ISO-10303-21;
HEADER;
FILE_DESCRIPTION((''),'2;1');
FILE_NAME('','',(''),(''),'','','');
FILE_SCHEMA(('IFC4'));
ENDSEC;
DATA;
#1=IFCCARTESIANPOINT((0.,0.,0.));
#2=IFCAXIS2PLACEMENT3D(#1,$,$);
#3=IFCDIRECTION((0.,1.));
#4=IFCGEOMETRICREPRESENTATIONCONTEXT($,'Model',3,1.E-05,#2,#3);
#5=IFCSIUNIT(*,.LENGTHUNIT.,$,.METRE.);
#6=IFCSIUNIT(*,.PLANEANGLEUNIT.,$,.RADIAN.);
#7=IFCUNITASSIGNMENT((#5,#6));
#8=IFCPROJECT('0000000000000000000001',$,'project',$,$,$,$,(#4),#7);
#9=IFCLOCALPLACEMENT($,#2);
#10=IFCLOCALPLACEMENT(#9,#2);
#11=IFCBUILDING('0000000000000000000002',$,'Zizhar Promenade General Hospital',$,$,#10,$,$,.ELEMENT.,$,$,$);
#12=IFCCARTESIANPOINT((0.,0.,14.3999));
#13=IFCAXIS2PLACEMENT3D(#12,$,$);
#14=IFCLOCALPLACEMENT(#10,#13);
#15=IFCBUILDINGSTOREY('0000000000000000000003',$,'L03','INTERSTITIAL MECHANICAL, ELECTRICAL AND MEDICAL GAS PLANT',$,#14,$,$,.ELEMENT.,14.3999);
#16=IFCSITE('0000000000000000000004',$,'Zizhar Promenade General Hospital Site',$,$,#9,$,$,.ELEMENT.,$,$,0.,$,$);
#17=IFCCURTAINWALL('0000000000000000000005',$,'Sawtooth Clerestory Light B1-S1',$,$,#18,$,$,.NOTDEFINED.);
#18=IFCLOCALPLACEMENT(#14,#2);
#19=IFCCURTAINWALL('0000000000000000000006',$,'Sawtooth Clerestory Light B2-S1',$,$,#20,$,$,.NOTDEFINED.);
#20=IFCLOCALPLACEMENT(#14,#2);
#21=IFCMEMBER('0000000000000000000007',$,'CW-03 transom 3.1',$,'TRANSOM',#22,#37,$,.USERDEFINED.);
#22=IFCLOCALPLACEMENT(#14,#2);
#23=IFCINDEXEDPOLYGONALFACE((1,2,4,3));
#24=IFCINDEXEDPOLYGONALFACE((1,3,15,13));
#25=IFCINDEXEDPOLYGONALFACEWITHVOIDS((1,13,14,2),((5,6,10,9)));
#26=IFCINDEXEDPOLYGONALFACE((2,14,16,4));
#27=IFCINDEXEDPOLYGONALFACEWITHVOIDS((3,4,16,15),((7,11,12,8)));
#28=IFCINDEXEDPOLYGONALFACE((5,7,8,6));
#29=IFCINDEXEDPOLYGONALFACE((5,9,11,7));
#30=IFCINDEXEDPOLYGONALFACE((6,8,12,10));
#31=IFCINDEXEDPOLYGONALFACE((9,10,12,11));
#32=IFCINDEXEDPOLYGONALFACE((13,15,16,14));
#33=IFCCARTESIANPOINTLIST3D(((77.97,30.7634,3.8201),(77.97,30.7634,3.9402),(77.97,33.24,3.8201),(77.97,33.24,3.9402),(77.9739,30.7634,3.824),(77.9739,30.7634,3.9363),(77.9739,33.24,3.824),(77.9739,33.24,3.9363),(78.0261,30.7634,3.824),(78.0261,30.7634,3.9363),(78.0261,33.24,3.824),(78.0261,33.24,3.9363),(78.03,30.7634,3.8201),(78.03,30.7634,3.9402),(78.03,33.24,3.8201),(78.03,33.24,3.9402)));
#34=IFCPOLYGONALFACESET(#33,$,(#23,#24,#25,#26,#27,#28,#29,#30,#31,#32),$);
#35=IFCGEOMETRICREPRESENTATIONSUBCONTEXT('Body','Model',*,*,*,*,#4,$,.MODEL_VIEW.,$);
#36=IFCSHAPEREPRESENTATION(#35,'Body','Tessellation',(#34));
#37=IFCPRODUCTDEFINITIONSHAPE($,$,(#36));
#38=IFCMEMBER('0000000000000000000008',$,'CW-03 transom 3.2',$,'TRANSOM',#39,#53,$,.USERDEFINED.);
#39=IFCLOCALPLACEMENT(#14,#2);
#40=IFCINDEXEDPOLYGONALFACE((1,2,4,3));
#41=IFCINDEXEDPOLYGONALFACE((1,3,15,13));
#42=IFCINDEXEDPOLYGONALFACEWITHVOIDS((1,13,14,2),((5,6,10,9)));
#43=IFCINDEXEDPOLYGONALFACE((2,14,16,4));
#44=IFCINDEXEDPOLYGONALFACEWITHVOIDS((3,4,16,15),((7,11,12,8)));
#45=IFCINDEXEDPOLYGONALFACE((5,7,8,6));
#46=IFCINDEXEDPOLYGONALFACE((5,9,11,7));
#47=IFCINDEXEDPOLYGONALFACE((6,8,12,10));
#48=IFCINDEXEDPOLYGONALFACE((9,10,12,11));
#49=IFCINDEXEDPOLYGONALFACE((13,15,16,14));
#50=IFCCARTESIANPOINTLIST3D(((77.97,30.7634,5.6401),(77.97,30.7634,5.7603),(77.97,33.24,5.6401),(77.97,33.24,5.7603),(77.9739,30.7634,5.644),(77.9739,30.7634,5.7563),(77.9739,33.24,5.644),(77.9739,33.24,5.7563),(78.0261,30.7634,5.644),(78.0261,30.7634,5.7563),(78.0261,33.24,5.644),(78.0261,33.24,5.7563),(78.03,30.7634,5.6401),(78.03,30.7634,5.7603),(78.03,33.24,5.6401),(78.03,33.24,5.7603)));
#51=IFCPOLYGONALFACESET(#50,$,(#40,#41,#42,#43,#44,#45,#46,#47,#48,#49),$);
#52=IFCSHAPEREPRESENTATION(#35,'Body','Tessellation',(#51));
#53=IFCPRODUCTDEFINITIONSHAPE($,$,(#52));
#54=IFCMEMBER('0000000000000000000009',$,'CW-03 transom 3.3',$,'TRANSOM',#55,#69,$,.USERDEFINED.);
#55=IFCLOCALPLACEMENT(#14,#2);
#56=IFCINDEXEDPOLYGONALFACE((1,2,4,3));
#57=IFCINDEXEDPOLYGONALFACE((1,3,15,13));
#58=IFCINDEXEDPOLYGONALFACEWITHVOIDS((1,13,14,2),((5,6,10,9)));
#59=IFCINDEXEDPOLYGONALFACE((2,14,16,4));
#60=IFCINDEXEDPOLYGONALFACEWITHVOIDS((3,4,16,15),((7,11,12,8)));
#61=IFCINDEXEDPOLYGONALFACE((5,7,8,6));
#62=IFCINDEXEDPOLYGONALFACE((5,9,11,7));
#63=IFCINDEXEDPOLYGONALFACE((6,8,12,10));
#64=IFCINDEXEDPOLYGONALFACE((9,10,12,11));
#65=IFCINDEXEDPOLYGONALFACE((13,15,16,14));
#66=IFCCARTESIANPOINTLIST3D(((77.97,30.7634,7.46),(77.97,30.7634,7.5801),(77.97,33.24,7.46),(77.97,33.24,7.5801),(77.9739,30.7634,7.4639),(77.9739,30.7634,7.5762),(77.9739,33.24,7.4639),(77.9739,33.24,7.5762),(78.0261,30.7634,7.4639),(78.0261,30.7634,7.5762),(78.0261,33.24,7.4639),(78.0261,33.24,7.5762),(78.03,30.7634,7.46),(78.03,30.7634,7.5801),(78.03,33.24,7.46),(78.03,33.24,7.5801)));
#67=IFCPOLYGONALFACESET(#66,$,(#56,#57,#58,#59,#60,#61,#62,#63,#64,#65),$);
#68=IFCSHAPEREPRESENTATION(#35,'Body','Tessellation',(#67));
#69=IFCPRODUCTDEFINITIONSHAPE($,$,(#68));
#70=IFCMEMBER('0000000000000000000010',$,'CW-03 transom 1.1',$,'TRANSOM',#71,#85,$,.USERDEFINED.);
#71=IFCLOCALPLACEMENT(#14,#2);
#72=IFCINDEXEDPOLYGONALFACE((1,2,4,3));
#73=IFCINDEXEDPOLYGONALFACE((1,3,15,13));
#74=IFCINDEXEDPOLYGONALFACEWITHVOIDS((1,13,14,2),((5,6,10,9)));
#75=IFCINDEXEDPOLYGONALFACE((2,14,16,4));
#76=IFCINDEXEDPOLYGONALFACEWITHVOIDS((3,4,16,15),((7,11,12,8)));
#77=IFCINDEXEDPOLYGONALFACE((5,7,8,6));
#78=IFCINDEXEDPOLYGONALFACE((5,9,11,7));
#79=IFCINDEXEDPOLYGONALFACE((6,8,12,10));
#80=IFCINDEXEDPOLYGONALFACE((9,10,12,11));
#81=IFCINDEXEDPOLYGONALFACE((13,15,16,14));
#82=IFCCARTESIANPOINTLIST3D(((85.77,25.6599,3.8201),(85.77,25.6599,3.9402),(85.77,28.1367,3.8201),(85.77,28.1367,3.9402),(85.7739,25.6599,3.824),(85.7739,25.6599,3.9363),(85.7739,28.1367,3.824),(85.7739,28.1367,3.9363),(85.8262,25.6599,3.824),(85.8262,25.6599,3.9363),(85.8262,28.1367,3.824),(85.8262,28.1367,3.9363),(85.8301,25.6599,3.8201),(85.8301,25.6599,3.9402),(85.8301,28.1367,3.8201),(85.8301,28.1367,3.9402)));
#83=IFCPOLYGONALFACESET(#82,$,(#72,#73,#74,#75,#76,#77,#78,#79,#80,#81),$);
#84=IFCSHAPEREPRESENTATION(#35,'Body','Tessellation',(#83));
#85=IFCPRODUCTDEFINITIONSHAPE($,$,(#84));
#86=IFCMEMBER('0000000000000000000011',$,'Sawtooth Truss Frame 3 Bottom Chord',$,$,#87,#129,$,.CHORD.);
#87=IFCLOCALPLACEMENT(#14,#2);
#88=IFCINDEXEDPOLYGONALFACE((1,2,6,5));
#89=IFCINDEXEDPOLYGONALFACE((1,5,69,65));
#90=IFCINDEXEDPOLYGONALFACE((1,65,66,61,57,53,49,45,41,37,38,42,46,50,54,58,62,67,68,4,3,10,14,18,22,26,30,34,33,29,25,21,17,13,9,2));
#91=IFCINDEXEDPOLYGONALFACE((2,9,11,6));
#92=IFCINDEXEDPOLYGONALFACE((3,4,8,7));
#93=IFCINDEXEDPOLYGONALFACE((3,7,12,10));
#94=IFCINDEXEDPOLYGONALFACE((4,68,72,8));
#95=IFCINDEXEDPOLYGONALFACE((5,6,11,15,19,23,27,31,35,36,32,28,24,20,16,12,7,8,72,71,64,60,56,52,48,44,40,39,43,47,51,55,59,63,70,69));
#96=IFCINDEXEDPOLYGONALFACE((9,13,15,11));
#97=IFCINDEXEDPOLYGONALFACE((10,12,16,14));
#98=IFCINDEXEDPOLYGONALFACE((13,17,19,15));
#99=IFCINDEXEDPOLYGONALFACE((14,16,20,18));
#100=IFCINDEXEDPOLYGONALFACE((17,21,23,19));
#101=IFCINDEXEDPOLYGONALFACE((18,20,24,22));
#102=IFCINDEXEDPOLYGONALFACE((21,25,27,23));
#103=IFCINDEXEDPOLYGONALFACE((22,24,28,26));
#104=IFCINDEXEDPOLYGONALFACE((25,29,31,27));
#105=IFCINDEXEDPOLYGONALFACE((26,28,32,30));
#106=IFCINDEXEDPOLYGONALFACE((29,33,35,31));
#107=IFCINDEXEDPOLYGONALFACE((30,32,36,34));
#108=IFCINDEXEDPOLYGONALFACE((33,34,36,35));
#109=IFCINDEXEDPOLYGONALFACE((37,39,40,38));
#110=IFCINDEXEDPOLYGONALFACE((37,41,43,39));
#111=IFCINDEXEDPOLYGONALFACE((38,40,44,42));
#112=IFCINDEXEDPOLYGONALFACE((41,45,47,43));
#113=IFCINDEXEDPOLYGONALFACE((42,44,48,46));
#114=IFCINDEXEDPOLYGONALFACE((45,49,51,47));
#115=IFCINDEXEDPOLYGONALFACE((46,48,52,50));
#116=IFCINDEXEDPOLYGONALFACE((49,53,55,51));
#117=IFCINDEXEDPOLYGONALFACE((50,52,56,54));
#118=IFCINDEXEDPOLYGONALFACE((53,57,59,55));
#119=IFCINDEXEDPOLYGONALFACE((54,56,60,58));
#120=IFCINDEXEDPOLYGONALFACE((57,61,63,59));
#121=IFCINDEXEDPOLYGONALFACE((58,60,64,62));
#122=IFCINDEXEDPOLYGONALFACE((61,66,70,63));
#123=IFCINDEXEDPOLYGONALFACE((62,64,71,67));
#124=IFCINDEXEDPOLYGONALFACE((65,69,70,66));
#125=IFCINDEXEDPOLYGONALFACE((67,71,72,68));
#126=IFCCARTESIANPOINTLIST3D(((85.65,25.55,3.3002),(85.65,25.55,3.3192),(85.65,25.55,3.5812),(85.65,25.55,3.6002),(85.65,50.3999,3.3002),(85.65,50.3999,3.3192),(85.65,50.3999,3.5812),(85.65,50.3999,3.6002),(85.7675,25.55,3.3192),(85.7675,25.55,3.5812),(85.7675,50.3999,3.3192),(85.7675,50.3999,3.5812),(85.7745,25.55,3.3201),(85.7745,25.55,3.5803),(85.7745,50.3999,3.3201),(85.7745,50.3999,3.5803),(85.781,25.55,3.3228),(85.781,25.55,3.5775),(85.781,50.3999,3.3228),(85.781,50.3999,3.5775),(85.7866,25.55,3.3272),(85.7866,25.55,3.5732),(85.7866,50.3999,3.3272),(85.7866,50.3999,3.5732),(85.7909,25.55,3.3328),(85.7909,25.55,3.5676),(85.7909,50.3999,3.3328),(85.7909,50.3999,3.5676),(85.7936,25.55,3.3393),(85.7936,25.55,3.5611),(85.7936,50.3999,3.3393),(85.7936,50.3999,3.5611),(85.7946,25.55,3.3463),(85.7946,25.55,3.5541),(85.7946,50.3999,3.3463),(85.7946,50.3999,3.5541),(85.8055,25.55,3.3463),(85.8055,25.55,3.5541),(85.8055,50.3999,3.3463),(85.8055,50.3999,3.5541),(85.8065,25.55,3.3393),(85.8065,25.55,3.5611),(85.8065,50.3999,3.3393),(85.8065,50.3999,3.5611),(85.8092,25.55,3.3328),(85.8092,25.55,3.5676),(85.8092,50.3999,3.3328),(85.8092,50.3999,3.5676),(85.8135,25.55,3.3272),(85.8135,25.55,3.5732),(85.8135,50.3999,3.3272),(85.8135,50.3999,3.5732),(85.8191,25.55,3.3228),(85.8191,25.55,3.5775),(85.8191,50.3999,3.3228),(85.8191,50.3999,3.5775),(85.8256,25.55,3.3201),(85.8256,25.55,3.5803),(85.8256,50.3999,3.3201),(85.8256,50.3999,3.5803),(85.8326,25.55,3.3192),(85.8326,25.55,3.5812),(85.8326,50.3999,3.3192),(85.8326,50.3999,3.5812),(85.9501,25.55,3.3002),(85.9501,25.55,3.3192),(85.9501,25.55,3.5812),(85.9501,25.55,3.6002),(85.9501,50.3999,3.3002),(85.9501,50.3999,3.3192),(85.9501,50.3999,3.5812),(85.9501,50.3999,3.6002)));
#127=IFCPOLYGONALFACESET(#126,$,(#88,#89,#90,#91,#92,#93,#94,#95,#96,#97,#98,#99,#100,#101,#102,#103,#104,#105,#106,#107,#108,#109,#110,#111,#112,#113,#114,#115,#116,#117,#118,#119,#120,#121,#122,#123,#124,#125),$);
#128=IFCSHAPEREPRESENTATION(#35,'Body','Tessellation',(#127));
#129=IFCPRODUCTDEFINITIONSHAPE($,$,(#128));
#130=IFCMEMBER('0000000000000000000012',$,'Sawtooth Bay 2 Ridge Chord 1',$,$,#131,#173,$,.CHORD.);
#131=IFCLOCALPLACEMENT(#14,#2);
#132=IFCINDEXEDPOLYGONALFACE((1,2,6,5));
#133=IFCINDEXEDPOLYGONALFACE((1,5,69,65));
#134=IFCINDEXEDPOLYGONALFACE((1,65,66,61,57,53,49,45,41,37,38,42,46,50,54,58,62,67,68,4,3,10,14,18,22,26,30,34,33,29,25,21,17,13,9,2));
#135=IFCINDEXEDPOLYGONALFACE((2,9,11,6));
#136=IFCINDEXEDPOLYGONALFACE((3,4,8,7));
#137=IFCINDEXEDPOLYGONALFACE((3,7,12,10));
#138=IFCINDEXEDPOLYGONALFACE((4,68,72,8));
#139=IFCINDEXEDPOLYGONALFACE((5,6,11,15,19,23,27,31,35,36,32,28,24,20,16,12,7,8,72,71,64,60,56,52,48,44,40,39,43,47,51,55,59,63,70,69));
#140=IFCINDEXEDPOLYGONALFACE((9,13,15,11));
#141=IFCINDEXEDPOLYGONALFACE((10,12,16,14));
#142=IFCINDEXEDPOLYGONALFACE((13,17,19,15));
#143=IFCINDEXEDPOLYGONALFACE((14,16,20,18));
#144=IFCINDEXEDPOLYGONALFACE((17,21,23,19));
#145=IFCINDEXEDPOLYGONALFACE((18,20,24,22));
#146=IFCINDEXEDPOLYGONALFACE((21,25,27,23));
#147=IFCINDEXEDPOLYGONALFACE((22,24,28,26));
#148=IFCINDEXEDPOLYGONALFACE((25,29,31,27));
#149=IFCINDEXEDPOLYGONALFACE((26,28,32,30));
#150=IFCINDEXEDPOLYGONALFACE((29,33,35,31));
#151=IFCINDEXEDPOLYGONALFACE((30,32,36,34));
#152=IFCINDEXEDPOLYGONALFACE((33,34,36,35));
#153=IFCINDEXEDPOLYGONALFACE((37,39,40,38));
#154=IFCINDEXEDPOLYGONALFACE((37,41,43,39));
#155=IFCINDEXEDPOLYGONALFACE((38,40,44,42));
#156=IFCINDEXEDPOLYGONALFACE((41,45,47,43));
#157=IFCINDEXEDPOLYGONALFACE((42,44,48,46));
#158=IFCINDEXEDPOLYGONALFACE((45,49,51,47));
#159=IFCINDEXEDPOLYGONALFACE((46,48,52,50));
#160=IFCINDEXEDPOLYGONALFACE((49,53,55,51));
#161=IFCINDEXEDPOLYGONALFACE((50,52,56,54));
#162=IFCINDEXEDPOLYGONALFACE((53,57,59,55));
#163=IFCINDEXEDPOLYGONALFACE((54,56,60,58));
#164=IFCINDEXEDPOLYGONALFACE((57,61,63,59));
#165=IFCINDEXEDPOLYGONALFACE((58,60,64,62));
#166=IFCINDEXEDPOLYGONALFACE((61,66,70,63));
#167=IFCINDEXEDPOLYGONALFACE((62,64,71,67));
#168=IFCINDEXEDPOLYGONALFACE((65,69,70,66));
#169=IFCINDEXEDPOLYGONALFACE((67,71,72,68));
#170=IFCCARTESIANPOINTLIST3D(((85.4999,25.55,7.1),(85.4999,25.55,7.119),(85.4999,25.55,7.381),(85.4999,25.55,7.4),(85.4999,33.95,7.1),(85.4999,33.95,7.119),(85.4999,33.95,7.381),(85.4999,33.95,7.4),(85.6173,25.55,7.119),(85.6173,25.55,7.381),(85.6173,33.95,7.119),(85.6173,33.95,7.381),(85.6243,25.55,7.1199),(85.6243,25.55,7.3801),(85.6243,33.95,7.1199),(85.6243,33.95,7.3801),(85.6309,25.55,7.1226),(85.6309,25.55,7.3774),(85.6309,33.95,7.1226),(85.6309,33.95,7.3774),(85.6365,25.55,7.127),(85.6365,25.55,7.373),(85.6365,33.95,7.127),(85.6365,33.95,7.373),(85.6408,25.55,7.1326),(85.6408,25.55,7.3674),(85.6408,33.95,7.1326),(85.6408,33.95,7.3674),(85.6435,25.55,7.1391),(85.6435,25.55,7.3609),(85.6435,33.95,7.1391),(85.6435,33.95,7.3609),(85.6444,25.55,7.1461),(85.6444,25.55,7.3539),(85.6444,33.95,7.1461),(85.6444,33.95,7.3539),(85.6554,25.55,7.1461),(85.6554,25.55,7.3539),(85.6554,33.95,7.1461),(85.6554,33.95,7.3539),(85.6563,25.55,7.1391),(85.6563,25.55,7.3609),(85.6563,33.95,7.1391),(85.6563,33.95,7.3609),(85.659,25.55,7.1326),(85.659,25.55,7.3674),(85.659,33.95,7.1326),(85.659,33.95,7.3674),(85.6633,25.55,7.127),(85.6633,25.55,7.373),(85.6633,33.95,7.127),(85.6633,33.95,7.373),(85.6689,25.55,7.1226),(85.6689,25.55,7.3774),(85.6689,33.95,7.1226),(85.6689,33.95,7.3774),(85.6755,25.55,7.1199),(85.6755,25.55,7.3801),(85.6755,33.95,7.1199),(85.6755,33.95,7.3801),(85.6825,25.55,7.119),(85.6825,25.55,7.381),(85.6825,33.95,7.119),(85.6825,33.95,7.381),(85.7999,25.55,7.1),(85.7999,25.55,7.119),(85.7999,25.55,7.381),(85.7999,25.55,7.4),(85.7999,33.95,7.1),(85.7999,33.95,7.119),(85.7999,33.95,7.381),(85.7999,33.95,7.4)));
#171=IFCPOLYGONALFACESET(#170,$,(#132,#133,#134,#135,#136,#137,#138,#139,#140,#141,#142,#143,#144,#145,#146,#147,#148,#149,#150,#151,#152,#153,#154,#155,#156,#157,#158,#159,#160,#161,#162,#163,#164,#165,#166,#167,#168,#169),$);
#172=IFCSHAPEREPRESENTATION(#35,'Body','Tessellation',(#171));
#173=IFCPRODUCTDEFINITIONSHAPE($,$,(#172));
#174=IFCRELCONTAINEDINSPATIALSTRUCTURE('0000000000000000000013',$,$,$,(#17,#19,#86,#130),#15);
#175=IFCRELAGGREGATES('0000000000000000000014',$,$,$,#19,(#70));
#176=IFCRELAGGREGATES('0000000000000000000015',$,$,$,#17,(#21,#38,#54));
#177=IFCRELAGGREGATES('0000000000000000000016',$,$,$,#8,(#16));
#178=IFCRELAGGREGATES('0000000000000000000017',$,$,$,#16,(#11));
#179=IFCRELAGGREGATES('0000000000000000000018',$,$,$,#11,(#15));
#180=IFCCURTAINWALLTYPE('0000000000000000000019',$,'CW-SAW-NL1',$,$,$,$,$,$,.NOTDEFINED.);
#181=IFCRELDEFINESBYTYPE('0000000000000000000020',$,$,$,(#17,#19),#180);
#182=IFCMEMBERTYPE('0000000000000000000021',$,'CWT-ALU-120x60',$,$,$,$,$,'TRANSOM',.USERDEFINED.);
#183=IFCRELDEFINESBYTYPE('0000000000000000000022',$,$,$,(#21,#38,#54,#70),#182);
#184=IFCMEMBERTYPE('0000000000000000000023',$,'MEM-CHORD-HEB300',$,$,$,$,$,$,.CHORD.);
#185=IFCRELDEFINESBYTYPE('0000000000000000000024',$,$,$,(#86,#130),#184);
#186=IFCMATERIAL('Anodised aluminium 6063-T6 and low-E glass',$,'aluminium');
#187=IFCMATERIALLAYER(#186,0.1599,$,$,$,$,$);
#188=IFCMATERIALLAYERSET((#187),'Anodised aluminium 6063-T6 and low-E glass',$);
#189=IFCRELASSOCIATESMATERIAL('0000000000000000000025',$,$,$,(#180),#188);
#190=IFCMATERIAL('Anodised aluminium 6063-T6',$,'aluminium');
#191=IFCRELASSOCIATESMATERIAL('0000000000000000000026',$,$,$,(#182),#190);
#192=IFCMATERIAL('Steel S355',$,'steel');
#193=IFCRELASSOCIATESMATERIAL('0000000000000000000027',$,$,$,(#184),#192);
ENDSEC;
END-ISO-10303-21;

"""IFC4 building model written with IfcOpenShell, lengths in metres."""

from ifc_helpers import new_model, si_unit, direction, frame, origin, origin_2d, place, context, subcontext, project, spatial, hollow_rectangle, i_section, extrude, material, layer, layer_set, material_profile, profile_set, type_object, element, aggregate, save


model = new_model("IFC4")

# Units and contexts
model_context = context("Model", 3, precision=1e-05, world=origin(), true_north=direction((0.0, 1.0)))
body_context = subcontext(model_context, "Body", "Model", "MODEL_VIEW")
ifc_project = project(units=[si_unit("LENGTHUNIT", "METRE"), si_unit("PLANEANGLEUNIT", "RADIAN")], contexts=[model_context])

# Site, building, storey
site_placement = place(None, origin())
site = spatial("IfcSite", under=ifc_project, at=site_placement, Name="Zizhar Promenade General Hospital Site", CompositionType="ELEMENT", RefElevation=0.0)
building_placement = place(site_placement, origin())
building = spatial("IfcBuilding", under=site, at=building_placement, Name="Zizhar Promenade General Hospital", CompositionType="ELEMENT")
storey_placement = place(building_placement, frame((0.0, 0.0, 14.3999)))
storey = spatial("IfcBuildingStorey", under=building, at=storey_placement, Name="L03", Description="INTERSTITIAL MECHANICAL, ELECTRICAL AND MEDICAL GAS PLANT", CompositionType="ELEMENT", Elevation=14.3999)

# Curtain wall
ifc_material_1 = material(Name="Anodised aluminium 6063-T6 and low-E glass", Category="aluminium")
ifc_layer_1 = layer(ifc_material_1, 0.1599)
ifc_layer_set_1 = layer_set([ifc_layer_1], Name="Anodised aluminium 6063-T6 and low-E glass")
curtain_wall_type = type_object("IfcCurtainWallType", Name="CW-SAW-NL1", PredefinedType="NOTDEFINED", material=ifc_layer_set_1)
curtain_wall_1_placement = place(storey_placement, origin())
curtain_wall_1 = element("IfcCurtainWall", 1, at=curtain_wall_1_placement, inside=storey, type_object=curtain_wall_type, Name="Sawtooth Clerestory Light B1-S1", PredefinedType="NOTDEFINED")

# Curtain wall
curtain_wall_2_placement = place(storey_placement, origin())
curtain_wall_2 = element("IfcCurtainWall", 2, at=curtain_wall_2_placement, inside=storey, type_object=curtain_wall_type, Name="Sawtooth Clerestory Light B2-S1", PredefinedType="NOTDEFINED")

# Members
ifc_material_2 = material(Name="Anodised aluminium 6063-T6", Category="aluminium")
ifc_material_profile_1 = material_profile(ifc_material_2, hollow_rectangle(XDim=0.0601, YDim=0.1201, WallThickness=0.0039, at=origin_2d()))
ifc_profile_set_1 = profile_set([ifc_material_profile_1], Name="Anodised aluminium 6063-T6")
member_type_1 = type_object("IfcMemberType", Name="CWT-ALU-120x60", ElementType="TRANSOM", PredefinedType="USERDEFINED", material=ifc_profile_set_1)
member_1_placement = place(storey_placement, frame((78.0, 30.7634, 3.8801), z_axis=(0.0, 1.0, 0.0), x_axis=(-1.0, 0.0, 0.0)))
member_1 = element("IfcMember", 3, at=member_1_placement, type_object=member_type_1, Name="CW-03 transom 3.1", ObjectType="TRANSOM", PredefinedType="USERDEFINED", context=body_context, shape_type="SweptSolid", body=[
    extrude(hollow_rectangle(XDim=0.0601, YDim=0.1201, WallThickness=0.0039, at=origin_2d()), origin(), (0.0, 0.0, 1.0), 2.4766),
])
member_2_placement = place(storey_placement, frame((78.0, 30.7634, 5.7002), z_axis=(0.0, 1.0, 0.0), x_axis=(-1.0, 0.0, 0.0)))
member_2 = element("IfcMember", 4, at=member_2_placement, type_object=member_type_1, Name="CW-03 transom 3.2", ObjectType="TRANSOM", PredefinedType="USERDEFINED", context=body_context, shape_type="SweptSolid", body=[
    extrude(hollow_rectangle(XDim=0.0601, YDim=0.1201, WallThickness=0.0039, at=origin_2d()), origin(), (0.0, 0.0, 1.0), 2.4766),
])
member_3_placement = place(storey_placement, frame((78.0, 30.7634, 7.52), z_axis=(0.0, 1.0, 0.0), x_axis=(-1.0, 0.0, 0.0)))
member_3 = element("IfcMember", 5, at=member_3_placement, type_object=member_type_1, Name="CW-03 transom 3.3", ObjectType="TRANSOM", PredefinedType="USERDEFINED", context=body_context, shape_type="SweptSolid", body=[
    extrude(hollow_rectangle(XDim=0.0601, YDim=0.1201, WallThickness=0.0039, at=origin_2d()), origin(), (0.0, 0.0, 1.0), 2.4766),
])
member_4_placement = place(storey_placement, frame((85.8, 25.6599, 3.8801), z_axis=(0.0, 1.0, 0.0), x_axis=(-1.0, 0.0, 0.0)))
member_4 = element("IfcMember", 6, at=member_4_placement, type_object=member_type_1, Name="CW-03 transom 1.1", ObjectType="TRANSOM", PredefinedType="USERDEFINED", context=body_context, shape_type="SweptSolid", body=[
    extrude(hollow_rectangle(XDim=0.0601, YDim=0.1201, WallThickness=0.0039, at=origin_2d()), origin(), (0.0, 0.0, 1.0), 2.4768),
])
aggregate(curtain_wall_2, [member_4])

# Members
ifc_material_3 = material(Name="Steel S355", Category="steel")
ifc_material_profile_2 = material_profile(ifc_material_3, i_section(OverallWidth=0.3, OverallDepth=0.3, WebThickness=0.011, FlangeThickness=0.019, FilletRadius=0.0271, at=origin_2d()))
ifc_profile_set_2 = profile_set([ifc_material_profile_2], Name="Steel S355")
member_type_2 = type_object("IfcMemberType", Name="MEM-CHORD-HEB300", PredefinedType="CHORD", material=ifc_profile_set_2)
member_5_placement = place(storey_placement, frame((85.8, 25.55, 3.4502), z_axis=(0.0, 1.0, 0.0), x_axis=(-1.0, 0.0, 0.0)))
element("IfcMember", 7, at=member_5_placement, inside=storey, type_object=member_type_2, Name="Sawtooth Truss Frame 3 Bottom Chord", PredefinedType="CHORD", context=body_context, shape_type="SweptSolid", body=[
    extrude(i_section(OverallWidth=0.3, OverallDepth=0.3, WebThickness=0.011, FlangeThickness=0.019, FilletRadius=0.0271, at=origin_2d()), origin(), (0.0, 0.0, 1.0), 24.8499),
])
member_6_placement = place(storey_placement, frame((85.6499, 25.55, 7.25), z_axis=(0.0, 1.0, 0.0), x_axis=(-1.0, 0.0, 0.0)))
element("IfcMember", 8, at=member_6_placement, inside=storey, type_object=member_type_2, Name="Sawtooth Bay 2 Ridge Chord 1", PredefinedType="CHORD", context=body_context, shape_type="SweptSolid", body=[
    extrude(i_section(OverallWidth=0.3, OverallDepth=0.3, WebThickness=0.011, FlangeThickness=0.019, FilletRadius=0.0271, at=origin_2d()), origin(), (0.0, 0.0, 1.0), 8.3999),
])

aggregate(curtain_wall_1, [member_1, member_2, member_3])

save(model, "model.ifc")
